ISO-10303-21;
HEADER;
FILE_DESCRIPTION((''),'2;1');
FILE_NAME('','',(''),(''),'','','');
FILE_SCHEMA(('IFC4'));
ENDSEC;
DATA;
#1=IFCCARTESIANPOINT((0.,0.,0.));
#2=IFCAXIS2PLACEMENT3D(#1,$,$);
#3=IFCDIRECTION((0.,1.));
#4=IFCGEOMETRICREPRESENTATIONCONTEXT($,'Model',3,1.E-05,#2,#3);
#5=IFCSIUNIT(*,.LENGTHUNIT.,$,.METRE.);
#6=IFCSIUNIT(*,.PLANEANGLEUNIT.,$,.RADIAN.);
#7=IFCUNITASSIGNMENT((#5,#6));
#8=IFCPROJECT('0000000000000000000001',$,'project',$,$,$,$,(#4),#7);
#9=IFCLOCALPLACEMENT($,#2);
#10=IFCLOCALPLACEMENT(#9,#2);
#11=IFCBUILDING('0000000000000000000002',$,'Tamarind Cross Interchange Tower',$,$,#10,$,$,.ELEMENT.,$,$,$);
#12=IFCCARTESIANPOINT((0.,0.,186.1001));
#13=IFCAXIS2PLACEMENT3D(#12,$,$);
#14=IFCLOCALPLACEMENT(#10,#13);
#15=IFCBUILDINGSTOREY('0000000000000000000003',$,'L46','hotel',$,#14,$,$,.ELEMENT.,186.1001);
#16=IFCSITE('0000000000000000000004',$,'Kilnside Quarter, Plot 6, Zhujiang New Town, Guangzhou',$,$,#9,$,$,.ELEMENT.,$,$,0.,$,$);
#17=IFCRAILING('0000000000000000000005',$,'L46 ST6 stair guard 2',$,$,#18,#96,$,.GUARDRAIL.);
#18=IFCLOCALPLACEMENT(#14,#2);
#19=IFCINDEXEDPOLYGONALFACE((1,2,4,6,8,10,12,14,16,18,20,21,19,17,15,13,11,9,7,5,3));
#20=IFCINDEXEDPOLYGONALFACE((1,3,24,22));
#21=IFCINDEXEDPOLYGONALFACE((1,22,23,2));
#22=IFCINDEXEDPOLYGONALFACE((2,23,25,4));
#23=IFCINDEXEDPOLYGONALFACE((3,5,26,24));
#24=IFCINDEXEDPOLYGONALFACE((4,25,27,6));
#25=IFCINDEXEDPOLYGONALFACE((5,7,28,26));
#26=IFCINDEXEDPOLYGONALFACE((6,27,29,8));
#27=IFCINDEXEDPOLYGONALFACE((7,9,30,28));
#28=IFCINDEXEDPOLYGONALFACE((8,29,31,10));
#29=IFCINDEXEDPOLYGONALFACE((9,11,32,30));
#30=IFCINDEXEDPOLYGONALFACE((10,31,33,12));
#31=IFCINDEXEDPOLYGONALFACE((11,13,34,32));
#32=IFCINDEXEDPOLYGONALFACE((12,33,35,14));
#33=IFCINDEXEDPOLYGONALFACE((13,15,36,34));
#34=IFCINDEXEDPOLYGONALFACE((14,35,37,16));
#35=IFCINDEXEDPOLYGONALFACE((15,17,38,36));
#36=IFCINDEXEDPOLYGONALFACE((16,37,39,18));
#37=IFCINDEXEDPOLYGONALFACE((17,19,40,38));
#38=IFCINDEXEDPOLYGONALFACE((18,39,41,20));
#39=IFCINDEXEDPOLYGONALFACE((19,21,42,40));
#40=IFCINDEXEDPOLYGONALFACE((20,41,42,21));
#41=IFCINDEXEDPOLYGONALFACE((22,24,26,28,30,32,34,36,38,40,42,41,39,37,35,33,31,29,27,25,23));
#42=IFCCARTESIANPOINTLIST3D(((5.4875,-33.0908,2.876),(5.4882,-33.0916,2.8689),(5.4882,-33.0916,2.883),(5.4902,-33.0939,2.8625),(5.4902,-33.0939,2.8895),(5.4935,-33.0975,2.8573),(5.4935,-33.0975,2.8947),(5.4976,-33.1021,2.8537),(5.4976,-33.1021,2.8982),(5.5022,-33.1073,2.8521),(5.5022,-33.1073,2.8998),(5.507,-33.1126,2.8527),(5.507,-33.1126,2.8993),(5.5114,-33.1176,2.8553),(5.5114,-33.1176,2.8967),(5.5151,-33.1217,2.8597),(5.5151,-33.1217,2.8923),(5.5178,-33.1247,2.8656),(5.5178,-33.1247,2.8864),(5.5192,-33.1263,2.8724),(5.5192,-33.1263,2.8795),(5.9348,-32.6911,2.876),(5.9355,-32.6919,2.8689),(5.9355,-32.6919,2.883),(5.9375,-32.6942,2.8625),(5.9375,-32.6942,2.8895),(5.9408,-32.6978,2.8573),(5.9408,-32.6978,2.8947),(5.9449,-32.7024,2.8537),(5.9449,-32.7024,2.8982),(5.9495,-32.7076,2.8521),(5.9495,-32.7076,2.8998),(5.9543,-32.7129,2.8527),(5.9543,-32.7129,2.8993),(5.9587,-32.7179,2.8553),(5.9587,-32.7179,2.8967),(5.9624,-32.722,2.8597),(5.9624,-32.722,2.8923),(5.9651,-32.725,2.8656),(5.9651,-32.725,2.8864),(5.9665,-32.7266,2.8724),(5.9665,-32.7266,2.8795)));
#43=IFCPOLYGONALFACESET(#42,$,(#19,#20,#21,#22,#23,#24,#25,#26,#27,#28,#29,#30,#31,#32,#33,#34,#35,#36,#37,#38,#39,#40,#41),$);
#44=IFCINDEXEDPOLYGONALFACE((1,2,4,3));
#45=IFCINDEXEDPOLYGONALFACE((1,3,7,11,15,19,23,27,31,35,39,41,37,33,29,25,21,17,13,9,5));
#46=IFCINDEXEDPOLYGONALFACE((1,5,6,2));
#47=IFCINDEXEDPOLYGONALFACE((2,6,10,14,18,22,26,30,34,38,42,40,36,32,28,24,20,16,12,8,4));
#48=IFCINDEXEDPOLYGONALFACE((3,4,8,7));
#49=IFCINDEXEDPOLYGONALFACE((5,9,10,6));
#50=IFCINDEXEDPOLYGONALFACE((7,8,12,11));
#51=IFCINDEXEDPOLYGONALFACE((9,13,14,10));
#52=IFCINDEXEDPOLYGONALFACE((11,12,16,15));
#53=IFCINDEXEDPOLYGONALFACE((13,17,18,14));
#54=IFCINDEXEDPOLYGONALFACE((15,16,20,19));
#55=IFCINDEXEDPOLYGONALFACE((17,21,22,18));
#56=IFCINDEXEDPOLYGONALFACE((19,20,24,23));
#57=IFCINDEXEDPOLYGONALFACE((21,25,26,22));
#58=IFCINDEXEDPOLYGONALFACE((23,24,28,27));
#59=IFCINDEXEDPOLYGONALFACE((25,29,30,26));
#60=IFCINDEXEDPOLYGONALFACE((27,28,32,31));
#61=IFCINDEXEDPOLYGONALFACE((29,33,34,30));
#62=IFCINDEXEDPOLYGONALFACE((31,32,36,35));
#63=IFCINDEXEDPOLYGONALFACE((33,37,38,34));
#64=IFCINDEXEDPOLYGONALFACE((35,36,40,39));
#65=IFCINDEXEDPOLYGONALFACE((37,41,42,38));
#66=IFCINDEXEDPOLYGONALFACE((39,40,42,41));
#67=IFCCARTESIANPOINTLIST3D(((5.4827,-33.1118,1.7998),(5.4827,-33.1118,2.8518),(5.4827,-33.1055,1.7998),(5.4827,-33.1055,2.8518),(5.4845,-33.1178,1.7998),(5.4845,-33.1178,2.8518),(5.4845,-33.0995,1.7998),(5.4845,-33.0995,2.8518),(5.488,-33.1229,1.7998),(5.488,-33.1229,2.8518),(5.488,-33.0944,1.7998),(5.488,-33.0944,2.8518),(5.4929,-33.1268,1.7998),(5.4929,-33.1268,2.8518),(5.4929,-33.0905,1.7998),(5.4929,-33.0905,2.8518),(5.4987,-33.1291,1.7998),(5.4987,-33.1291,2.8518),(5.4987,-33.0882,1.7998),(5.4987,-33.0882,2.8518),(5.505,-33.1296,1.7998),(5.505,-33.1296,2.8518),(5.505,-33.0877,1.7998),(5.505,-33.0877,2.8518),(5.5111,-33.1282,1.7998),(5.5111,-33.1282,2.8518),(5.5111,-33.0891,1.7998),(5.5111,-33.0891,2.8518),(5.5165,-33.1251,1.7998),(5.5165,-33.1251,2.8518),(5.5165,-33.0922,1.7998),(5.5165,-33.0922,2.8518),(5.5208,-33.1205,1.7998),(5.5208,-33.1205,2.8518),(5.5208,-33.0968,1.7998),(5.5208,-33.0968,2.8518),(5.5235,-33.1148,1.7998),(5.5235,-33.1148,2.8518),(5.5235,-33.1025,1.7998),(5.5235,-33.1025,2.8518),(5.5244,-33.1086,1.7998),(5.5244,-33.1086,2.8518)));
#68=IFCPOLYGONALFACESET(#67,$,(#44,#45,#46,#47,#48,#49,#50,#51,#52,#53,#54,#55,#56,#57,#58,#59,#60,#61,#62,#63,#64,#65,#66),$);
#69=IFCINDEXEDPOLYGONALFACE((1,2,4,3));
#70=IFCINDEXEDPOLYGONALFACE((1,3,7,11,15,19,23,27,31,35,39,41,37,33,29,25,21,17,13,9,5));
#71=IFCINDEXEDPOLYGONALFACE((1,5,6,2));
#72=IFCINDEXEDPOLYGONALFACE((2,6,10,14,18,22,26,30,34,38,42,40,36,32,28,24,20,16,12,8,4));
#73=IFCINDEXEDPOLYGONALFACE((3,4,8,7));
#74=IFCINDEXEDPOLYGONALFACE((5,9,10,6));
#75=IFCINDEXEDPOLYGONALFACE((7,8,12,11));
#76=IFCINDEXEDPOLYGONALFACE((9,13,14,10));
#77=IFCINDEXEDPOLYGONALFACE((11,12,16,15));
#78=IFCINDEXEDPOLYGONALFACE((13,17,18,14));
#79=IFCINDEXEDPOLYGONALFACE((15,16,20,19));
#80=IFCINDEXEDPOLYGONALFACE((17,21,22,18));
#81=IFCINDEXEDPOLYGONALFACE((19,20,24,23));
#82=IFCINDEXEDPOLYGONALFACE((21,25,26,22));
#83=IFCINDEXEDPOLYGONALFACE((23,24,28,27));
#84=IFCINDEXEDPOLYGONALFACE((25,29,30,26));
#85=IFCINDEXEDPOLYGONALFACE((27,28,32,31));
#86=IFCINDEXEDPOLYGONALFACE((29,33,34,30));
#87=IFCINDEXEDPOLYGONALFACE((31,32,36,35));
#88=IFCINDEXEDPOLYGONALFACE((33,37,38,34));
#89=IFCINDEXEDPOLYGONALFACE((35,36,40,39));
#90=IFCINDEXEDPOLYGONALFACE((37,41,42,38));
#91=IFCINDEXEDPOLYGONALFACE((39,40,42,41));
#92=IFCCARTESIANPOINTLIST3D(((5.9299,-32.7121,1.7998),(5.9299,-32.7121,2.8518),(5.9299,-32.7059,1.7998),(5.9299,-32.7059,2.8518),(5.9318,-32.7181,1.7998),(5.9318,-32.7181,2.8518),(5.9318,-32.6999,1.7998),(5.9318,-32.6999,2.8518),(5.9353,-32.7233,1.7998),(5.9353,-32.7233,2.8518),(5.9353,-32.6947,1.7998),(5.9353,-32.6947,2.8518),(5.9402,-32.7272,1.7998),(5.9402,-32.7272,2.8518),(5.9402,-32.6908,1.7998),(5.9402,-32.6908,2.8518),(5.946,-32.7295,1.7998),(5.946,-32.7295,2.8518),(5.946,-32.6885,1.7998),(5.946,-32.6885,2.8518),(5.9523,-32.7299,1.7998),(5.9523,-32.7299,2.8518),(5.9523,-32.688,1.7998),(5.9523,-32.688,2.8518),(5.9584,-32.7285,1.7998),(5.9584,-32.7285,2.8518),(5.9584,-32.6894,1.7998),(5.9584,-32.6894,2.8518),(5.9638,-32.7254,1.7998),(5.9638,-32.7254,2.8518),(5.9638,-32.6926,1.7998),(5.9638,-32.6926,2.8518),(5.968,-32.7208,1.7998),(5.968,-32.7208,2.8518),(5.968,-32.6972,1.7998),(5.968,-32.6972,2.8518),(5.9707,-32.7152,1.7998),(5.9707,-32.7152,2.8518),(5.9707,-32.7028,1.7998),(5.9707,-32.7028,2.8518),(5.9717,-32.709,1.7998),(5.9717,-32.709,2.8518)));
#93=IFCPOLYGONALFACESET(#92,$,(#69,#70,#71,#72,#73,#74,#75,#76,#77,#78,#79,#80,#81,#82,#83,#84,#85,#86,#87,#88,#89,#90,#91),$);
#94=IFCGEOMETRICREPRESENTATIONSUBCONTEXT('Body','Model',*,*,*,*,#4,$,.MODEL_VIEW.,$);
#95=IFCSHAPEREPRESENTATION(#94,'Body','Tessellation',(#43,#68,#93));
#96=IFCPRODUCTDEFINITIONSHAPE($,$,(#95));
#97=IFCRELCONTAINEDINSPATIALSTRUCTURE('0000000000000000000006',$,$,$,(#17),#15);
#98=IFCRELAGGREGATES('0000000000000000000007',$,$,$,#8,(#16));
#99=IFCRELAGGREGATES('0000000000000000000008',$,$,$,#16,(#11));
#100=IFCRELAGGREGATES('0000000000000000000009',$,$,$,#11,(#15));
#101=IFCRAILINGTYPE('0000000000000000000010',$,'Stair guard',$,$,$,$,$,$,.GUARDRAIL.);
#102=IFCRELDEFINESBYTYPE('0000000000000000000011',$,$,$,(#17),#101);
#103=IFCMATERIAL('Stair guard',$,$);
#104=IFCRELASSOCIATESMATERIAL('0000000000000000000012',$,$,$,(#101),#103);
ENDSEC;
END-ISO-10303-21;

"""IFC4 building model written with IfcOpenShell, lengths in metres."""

from ifc_helpers import new_model, si_unit, direction, frame, origin, origin_2d, place, context, subcontext, project, spatial, circle, extrude, material, type_object, element, save


model = new_model("IFC4")

# Units and contexts
model_context = context("Model", 3, precision=1e-05, world=origin(), true_north=direction((0.0, 1.0)))
body_context = subcontext(model_context, "Body", "Model", "MODEL_VIEW")
ifc_project = project(units=[si_unit("LENGTHUNIT", "METRE"), si_unit("PLANEANGLEUNIT", "RADIAN")], contexts=[model_context])

# Site, building, storey
site_placement = place(None, origin())
site = spatial("IfcSite", under=ifc_project, at=site_placement, Name="Kilnside Quarter, Plot 6, Zhujiang New Town, Guangzhou", CompositionType="ELEMENT", RefElevation=0.0)
building_placement = place(site_placement, origin())
building = spatial("IfcBuilding", under=site, at=building_placement, Name="Tamarind Cross Interchange Tower", CompositionType="ELEMENT")
storey_placement = place(building_placement, frame((0.0, 0.0, 186.1001)))
storey = spatial("IfcBuildingStorey", under=building, at=storey_placement, Name="L46", Description="hotel", CompositionType="ELEMENT", Elevation=186.1001)

# Railing
ifc_material_1 = material(Name="Stair guard")
railing_type_1 = type_object("IfcRailingType", Name="Stair guard", PredefinedType="GUARDRAIL", material=ifc_material_1)
railing_1_placement = place(storey_placement, frame((5.5034, -33.1086, 1.7998)))
element("IfcRailing", 1, at=railing_1_placement, inside=storey, type_object=railing_type_1, Name="L46 ST6 stair guard 2", PredefinedType="GUARDRAIL", context=body_context, shape_type="SweptSolid", body=[
    extrude(circle(Radius=0.0239, at=origin_2d()), frame((0.0, 0.0, 1.0762), z_axis=(0.745678, 0.666307, 0.0), x_axis=(-0.666307, 0.745678, 0.0)), (0.0, 0.0, 1.0), 0.5999),
    extrude(circle(Radius=0.021, at=origin_2d()), origin(), (0.0, 0.0, 1.0), 1.052),
    extrude(circle(Radius=0.021, at=origin_2d()), frame((0.4473, 0.3997, 0.0)), (0.0, 0.0, 1.0), 1.052),
])

save(model, "model.ifc")
